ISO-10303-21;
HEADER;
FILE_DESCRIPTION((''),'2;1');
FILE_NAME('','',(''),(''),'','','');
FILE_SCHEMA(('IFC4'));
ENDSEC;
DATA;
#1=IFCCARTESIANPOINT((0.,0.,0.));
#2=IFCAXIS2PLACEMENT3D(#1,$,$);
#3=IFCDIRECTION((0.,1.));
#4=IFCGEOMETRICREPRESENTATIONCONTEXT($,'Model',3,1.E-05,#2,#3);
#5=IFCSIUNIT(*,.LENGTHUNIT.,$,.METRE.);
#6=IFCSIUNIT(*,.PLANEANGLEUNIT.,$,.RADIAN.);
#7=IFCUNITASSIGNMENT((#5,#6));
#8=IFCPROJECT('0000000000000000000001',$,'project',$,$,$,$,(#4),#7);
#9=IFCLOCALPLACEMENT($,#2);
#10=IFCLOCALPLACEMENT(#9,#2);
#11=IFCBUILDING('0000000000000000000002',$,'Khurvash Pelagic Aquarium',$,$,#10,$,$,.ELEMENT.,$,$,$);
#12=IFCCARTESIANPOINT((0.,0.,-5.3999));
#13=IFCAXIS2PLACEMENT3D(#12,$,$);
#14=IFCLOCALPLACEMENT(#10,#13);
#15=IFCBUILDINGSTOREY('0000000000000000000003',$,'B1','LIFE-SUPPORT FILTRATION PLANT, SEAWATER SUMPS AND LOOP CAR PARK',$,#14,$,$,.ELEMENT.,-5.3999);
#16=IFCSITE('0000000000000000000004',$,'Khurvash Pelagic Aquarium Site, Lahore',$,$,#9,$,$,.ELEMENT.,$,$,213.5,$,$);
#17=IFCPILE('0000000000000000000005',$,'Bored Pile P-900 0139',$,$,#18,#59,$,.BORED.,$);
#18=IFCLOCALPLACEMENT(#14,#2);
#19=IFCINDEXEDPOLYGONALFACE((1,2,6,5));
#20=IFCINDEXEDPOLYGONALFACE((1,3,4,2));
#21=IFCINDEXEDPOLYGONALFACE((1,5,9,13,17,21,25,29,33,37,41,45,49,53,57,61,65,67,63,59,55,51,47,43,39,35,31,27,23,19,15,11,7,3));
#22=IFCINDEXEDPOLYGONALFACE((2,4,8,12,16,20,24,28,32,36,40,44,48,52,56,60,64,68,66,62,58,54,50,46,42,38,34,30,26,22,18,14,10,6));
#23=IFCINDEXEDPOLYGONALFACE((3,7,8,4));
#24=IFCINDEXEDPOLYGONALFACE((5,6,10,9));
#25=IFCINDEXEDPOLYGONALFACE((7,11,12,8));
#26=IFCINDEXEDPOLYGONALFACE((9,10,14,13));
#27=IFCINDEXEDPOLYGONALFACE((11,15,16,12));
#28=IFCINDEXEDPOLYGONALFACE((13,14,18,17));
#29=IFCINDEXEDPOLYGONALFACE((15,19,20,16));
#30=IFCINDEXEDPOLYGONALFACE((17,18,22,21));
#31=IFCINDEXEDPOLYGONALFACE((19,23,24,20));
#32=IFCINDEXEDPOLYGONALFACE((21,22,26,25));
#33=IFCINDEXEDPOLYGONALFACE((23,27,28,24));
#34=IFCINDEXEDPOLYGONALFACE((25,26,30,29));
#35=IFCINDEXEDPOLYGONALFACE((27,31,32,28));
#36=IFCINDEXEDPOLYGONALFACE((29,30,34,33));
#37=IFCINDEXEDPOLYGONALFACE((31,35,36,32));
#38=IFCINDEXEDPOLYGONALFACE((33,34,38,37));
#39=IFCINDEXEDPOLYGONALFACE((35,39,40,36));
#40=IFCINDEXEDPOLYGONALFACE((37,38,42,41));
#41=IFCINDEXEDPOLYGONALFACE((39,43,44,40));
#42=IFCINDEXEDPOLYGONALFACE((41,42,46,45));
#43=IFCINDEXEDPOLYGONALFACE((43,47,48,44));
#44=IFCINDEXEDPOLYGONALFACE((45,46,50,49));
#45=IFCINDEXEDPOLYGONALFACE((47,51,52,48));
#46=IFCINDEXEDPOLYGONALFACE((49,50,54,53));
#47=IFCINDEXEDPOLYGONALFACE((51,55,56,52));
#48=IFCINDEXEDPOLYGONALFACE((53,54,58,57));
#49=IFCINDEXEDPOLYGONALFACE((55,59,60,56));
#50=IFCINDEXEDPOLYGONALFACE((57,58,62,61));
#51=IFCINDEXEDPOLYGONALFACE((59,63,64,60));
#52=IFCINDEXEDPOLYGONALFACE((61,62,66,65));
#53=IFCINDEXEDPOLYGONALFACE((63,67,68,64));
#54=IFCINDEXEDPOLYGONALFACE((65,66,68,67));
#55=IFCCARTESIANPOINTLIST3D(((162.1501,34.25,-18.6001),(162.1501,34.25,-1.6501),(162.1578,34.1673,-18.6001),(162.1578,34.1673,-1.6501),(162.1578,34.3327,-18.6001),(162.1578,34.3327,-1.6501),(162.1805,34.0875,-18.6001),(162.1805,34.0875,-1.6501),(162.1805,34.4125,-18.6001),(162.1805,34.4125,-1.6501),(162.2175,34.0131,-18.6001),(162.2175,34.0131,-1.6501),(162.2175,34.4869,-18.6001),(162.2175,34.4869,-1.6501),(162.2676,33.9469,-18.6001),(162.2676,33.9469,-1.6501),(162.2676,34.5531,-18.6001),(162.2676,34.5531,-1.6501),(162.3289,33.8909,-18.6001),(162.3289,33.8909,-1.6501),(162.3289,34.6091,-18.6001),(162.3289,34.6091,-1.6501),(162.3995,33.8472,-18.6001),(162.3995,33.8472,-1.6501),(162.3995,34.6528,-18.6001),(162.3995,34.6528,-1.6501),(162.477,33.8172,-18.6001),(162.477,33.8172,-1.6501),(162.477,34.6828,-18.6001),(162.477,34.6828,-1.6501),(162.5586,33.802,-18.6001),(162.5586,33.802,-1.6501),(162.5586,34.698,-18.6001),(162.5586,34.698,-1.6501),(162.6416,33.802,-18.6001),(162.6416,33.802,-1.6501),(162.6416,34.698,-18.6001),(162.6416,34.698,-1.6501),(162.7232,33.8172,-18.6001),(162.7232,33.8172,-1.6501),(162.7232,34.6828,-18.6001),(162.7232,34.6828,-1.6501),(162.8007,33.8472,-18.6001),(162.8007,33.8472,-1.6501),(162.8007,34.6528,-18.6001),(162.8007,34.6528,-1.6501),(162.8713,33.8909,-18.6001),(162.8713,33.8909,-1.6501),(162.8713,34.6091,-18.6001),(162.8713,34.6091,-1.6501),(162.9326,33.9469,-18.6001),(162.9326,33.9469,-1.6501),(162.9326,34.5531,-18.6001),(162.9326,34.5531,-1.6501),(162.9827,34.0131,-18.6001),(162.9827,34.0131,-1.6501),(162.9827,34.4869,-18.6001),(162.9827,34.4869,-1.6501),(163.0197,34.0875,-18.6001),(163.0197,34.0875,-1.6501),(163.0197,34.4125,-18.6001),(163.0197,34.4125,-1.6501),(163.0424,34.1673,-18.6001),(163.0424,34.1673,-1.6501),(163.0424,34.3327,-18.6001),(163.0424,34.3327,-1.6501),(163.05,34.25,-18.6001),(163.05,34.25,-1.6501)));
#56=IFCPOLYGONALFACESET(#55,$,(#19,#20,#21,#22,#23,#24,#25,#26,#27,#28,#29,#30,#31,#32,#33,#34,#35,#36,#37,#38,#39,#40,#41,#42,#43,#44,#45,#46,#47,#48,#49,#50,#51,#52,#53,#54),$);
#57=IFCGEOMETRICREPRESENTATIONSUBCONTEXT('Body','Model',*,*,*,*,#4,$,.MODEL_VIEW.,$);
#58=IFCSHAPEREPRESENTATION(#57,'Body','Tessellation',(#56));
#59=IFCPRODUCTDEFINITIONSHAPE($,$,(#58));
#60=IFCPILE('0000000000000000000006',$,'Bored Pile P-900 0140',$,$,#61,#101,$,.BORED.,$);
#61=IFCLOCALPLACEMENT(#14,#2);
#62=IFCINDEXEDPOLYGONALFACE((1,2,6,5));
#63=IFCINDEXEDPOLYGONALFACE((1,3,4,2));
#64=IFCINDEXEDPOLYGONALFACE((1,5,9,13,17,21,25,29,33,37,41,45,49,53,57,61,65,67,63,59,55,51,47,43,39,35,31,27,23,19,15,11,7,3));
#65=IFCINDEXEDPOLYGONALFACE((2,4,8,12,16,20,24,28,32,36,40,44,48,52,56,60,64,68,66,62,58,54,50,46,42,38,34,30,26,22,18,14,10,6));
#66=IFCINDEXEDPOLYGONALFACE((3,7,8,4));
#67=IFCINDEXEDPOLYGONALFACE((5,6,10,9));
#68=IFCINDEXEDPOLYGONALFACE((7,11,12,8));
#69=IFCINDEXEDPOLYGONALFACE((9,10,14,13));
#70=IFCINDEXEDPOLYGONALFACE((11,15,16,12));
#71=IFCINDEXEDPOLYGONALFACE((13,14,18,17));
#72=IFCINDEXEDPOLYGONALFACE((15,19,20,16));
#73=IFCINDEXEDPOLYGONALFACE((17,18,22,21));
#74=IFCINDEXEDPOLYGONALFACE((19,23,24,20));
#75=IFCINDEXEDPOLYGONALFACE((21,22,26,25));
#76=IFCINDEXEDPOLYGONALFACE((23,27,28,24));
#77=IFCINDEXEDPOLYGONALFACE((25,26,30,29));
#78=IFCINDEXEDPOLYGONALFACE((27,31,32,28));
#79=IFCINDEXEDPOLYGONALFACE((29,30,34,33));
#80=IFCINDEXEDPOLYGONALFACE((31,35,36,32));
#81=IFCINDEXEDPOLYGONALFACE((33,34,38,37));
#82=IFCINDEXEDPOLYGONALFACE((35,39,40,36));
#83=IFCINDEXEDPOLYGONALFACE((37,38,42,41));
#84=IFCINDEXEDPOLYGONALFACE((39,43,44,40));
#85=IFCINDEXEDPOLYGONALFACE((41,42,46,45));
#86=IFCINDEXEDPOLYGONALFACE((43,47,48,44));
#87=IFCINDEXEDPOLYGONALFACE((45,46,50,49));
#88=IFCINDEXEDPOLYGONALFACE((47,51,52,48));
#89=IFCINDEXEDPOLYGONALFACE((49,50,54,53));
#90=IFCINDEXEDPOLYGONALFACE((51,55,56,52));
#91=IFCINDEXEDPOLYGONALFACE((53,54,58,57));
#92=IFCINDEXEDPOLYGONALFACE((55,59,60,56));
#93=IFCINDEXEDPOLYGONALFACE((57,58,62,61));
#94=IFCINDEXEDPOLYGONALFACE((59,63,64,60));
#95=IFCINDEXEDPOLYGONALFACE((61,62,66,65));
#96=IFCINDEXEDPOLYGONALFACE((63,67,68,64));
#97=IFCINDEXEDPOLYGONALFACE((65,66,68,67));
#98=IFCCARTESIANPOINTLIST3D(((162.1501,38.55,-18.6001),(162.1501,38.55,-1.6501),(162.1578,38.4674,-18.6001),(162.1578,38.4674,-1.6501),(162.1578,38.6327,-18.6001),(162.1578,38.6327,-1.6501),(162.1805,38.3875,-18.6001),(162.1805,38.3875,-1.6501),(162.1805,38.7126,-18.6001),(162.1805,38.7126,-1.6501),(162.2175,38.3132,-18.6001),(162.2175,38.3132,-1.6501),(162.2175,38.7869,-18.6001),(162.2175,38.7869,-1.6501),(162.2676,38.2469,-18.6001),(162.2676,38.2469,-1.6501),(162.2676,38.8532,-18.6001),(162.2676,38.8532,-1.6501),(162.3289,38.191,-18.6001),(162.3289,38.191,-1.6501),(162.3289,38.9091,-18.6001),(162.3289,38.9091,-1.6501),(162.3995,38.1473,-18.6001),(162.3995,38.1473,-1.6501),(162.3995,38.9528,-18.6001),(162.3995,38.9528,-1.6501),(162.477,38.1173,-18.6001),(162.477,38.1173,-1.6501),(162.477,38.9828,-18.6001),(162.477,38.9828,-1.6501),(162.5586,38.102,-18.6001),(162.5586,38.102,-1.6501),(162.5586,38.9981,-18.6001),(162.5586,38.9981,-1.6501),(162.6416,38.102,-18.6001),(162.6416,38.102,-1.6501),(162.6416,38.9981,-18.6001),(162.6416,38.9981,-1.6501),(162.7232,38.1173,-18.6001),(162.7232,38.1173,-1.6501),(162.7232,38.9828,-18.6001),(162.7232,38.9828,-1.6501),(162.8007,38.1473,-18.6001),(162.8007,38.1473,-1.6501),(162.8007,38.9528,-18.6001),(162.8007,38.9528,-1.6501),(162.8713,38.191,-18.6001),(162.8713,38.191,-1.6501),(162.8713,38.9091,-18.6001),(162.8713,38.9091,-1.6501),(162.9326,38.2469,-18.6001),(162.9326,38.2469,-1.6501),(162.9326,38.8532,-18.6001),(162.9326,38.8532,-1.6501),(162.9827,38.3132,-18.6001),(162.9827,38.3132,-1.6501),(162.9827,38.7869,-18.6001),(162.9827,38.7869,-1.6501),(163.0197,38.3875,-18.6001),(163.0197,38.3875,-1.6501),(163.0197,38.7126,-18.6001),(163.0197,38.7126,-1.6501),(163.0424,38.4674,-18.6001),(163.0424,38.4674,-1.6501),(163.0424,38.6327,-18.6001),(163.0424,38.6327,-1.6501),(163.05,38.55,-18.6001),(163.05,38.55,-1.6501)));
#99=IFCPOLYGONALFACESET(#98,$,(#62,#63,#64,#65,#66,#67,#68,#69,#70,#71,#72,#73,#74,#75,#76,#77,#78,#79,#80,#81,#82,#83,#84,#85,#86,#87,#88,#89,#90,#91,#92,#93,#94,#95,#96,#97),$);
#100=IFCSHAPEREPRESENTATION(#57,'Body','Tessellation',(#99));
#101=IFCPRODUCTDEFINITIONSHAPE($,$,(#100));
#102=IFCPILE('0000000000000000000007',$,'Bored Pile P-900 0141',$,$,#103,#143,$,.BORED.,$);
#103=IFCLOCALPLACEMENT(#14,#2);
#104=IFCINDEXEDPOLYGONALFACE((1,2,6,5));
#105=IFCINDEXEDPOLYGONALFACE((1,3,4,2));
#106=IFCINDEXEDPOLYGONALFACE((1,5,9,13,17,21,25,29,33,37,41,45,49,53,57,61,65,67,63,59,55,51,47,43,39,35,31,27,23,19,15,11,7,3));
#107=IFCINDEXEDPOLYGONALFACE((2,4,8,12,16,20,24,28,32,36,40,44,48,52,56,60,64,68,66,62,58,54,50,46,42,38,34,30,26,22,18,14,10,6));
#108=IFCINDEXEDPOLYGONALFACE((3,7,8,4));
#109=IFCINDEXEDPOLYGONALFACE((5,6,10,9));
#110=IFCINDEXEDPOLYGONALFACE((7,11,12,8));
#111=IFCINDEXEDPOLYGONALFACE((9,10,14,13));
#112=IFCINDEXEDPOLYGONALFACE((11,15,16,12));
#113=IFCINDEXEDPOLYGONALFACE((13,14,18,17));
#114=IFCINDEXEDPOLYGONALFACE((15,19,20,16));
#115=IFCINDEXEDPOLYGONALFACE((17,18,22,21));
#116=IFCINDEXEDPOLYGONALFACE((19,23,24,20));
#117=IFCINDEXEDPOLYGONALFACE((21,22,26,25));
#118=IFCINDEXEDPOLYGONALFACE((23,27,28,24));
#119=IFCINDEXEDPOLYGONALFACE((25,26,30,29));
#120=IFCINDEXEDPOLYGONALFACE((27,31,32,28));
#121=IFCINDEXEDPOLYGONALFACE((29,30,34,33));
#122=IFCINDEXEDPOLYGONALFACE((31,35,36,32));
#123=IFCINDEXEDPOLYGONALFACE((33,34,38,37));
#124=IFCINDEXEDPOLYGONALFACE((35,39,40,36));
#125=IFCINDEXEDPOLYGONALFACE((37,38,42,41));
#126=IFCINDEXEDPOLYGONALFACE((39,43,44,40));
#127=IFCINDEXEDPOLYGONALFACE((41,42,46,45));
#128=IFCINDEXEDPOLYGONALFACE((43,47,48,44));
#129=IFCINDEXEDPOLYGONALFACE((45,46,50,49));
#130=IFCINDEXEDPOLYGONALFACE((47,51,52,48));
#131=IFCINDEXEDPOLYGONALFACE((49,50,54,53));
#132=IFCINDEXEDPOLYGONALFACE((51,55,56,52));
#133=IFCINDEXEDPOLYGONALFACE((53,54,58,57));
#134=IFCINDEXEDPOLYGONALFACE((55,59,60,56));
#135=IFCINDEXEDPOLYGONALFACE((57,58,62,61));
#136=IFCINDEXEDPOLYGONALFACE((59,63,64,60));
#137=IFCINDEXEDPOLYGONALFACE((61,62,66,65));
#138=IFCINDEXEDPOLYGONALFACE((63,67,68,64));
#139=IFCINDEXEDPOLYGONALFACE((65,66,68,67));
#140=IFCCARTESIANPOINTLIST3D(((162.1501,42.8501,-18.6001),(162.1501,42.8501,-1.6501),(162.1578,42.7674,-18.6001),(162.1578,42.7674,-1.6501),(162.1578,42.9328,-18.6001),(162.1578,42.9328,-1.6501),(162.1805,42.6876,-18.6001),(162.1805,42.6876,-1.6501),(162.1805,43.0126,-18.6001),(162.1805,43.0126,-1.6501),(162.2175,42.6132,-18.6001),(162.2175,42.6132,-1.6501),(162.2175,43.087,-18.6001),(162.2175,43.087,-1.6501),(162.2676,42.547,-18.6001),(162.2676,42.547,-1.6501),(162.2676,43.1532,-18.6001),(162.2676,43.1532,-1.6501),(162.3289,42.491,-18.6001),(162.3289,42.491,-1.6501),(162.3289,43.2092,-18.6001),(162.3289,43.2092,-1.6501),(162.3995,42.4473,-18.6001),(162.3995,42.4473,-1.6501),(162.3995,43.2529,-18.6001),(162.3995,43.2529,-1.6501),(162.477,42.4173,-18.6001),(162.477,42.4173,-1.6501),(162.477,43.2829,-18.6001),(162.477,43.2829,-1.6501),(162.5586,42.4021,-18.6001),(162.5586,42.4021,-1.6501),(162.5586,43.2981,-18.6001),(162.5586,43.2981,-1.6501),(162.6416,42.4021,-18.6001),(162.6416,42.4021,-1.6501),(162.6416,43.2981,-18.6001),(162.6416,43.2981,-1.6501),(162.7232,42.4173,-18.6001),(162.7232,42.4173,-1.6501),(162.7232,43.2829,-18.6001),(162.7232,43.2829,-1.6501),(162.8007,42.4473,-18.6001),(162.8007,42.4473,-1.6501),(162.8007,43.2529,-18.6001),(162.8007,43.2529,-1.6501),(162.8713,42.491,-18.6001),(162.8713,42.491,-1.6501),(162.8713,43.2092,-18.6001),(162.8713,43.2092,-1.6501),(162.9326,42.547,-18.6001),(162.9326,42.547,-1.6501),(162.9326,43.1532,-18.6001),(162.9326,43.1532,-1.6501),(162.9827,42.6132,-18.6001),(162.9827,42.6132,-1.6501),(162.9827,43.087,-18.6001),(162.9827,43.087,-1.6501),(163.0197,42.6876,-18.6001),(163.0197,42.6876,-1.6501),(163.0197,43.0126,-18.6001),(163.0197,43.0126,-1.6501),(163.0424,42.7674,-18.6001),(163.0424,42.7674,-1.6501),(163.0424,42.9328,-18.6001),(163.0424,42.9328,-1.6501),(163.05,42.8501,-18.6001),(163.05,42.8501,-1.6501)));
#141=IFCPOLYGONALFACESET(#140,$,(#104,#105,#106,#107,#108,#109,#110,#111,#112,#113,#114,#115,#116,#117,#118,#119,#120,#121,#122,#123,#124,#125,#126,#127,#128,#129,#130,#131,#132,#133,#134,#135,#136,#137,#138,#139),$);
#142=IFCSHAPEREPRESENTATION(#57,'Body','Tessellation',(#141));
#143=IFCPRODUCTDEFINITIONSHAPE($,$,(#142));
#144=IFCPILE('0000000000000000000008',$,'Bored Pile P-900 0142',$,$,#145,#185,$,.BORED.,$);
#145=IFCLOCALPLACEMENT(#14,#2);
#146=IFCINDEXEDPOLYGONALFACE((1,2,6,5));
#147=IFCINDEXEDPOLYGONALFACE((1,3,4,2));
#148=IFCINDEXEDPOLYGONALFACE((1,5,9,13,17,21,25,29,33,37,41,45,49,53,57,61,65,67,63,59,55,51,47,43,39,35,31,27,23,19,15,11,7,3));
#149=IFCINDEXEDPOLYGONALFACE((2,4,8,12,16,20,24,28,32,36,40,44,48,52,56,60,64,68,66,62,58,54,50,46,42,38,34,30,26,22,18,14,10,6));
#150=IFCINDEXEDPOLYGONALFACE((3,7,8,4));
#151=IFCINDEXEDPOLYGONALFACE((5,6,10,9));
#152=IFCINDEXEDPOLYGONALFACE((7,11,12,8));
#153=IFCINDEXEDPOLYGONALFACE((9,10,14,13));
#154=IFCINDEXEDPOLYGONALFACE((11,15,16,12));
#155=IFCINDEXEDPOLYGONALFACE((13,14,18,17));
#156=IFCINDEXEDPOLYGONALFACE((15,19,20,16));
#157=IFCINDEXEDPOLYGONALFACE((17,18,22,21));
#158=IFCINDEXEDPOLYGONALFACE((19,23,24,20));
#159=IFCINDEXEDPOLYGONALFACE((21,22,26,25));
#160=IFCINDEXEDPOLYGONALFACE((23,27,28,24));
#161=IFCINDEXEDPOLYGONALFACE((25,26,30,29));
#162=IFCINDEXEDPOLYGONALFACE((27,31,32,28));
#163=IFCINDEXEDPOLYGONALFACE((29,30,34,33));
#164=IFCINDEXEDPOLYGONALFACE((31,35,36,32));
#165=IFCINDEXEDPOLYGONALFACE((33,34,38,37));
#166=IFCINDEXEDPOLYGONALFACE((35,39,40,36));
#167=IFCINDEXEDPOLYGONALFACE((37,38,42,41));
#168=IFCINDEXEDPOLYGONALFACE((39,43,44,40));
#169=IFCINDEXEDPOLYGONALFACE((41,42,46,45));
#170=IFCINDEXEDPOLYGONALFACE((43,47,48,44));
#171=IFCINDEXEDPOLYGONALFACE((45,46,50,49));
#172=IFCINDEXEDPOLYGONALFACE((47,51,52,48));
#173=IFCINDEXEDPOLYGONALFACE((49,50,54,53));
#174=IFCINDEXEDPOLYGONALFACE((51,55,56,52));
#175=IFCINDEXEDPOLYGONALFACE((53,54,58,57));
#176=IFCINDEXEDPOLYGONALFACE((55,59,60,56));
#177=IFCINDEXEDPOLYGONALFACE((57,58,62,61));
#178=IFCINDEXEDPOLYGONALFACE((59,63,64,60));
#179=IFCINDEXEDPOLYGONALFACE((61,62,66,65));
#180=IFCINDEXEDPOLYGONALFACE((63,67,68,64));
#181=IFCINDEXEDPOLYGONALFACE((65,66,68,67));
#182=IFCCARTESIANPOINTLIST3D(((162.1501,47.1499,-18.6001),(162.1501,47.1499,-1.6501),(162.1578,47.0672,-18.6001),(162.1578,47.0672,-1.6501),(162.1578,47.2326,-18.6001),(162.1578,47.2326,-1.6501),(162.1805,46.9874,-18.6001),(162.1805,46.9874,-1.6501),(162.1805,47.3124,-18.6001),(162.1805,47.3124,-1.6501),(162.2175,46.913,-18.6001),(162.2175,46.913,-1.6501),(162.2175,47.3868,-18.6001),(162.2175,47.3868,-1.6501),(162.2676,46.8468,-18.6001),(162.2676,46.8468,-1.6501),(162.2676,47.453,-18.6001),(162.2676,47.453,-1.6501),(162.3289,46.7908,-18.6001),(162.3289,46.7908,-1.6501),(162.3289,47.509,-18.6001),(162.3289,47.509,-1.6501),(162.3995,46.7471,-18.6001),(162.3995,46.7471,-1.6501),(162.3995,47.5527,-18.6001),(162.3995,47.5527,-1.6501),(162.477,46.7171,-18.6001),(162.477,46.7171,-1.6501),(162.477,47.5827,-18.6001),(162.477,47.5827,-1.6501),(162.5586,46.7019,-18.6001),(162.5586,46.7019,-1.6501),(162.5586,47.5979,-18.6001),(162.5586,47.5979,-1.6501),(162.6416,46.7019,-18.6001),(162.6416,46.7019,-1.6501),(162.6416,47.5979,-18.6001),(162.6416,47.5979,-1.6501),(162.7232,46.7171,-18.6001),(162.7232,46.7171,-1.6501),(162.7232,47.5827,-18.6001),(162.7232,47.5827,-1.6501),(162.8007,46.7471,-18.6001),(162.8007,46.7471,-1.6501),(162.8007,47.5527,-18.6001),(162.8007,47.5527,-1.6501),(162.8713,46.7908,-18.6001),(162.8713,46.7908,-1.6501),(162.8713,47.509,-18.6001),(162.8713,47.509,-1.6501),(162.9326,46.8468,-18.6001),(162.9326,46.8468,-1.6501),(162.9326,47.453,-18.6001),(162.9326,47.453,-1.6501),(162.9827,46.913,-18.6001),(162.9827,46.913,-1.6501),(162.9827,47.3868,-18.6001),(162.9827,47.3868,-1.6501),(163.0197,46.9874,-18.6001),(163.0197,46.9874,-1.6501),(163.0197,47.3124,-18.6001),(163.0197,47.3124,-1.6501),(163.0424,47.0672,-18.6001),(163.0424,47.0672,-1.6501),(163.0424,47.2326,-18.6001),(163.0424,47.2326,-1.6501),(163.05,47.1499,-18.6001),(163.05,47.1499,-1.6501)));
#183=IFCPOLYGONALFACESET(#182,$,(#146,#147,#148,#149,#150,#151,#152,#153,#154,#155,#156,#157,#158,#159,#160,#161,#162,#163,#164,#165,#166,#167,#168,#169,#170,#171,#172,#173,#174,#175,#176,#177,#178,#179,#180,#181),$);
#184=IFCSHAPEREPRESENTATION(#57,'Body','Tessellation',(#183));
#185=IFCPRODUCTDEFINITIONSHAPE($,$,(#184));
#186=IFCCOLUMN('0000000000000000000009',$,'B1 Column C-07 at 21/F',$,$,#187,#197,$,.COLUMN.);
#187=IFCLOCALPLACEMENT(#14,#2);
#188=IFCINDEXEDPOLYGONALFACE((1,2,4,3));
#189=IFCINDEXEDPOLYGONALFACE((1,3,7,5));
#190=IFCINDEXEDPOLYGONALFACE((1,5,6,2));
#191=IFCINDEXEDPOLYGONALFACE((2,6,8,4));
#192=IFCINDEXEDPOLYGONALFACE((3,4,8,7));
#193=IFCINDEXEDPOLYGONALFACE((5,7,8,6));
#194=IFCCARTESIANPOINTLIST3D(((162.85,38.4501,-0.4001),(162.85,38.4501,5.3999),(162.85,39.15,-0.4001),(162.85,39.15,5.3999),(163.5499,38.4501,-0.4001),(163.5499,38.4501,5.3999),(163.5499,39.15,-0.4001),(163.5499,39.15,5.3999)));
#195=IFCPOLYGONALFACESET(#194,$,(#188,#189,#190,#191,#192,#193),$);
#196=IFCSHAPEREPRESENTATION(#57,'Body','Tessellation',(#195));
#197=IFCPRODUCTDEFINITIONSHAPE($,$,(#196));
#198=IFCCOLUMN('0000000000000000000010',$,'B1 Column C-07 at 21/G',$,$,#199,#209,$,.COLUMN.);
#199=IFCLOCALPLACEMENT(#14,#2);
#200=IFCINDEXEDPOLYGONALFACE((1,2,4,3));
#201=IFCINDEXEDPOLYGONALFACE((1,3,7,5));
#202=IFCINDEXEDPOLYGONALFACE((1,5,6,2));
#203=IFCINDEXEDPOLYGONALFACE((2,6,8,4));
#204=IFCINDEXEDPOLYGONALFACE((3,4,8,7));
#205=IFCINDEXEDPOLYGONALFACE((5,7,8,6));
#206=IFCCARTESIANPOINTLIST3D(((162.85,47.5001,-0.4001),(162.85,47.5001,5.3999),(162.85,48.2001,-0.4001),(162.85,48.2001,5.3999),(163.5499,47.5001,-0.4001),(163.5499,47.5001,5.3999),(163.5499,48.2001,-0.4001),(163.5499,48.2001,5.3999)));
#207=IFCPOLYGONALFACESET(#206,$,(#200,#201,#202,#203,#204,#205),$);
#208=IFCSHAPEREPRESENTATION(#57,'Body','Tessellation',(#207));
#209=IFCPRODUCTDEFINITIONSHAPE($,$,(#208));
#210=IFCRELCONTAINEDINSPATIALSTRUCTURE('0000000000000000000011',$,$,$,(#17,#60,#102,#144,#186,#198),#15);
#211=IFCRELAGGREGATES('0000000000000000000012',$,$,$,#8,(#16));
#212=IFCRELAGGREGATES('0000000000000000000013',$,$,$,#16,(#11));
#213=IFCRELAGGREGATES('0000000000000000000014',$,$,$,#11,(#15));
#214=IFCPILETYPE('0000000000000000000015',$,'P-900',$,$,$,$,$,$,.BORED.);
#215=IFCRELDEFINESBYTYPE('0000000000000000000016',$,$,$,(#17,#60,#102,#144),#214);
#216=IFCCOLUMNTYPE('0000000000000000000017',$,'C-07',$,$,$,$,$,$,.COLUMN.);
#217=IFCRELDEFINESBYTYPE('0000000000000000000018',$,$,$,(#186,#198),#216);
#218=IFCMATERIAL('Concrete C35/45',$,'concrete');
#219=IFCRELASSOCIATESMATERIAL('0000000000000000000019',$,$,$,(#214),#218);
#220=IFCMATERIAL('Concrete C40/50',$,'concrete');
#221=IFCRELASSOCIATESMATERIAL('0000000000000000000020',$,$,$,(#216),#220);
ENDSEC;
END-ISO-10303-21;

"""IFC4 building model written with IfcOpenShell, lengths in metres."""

from ifc_helpers import new_model, si_unit, direction, frame, origin, origin_2d, place, context, subcontext, project, spatial, rectangle, circle, extrude, material, material_profile, profile_set, type_object, element, save


model = new_model("IFC4")

# Units and contexts
model_context = context("Model", 3, precision=1e-05, world=origin(), true_north=direction((0.0, 1.0)))
body_context = subcontext(model_context, "Body", "Model", "MODEL_VIEW")
ifc_project = project(units=[si_unit("LENGTHUNIT", "METRE"), si_unit("PLANEANGLEUNIT", "RADIAN")], contexts=[model_context])

# Site, building, storey
site_placement = place(None, origin())
site = spatial("IfcSite", under=ifc_project, at=site_placement, Name="Khurvash Pelagic Aquarium Site, Lahore", CompositionType="ELEMENT", RefElevation=213.5)
building_placement = place(site_placement, origin())
building = spatial("IfcBuilding", under=site, at=building_placement, Name="Khurvash Pelagic Aquarium", CompositionType="ELEMENT")
storey_placement = place(building_placement, frame((0.0, 0.0, -5.3999)))
storey = spatial("IfcBuildingStorey", under=building, at=storey_placement, Name="B1", Description="LIFE-SUPPORT FILTRATION PLANT, SEAWATER SUMPS AND LOOP CAR PARK", CompositionType="ELEMENT", Elevation=-5.3999)

# Piles
ifc_material_1 = material(Name="Concrete C35/45", Category="concrete")
ifc_material_profile_1 = material_profile(ifc_material_1, circle(Radius=0.45, at=origin_2d()), Name="PILE900")
ifc_profile_set_1 = profile_set([ifc_material_profile_1], Name="Concrete C35/45")
pile_type = type_object("IfcPileType", Name="P-900", PredefinedType="BORED", material=ifc_profile_set_1)
for number, where, z_axis, x_axis, name in (
    (1, (162.6001, 34.25, -1.6501), (0.0, 0.0, -1.0), (1.0, 0.0, 0.0), "Bored Pile P-900 0139"),
    (2, (162.6001, 38.55, -1.6501), (0.0, 0.0, -1.0), (1.0, 0.0, 0.0), "Bored Pile P-900 0140"),
    (3, (162.6001, 42.8501, -1.6501), (0.0, 0.0, -1.0), (1.0, 0.0, 0.0), "Bored Pile P-900 0141"),
    (4, (162.6001, 47.1499, -1.6501), (0.0, 0.0, -1.0), (1.0, 0.0, 0.0), "Bored Pile P-900 0142"),
):
    element("IfcPile", number, at=place(storey_placement, frame(where, z_axis=z_axis, x_axis=x_axis)), inside=storey, type_object=pile_type, Name=name, PredefinedType="BORED", context=body_context, shape_type="SweptSolid", body=[
        extrude(circle(Radius=0.45, at=origin_2d()), origin(), (0.0, 0.0, 1.0), 16.95),
    ])

# Columns
ifc_material_2 = material(Name="Concrete C40/50", Category="concrete")
ifc_material_profile_2 = material_profile(ifc_material_2, rectangle(XDim=0.7, YDim=0.7, at=origin_2d()), Name="RC700X700")
ifc_profile_set_2 = profile_set([ifc_material_profile_2], Name="Concrete C40/50")
column_type = type_object("IfcColumnType", Name="C-07", PredefinedType="COLUMN", material=ifc_profile_set_2)
for number, where, z_axis, x_axis, name in (
    (5, (163.2, 38.8, -0.4001), (0.0, 0.0, 1.0), (1.0, 0.0, 0.0), "B1 Column C-07 at 21/F"),
    (6, (163.2, 47.8501, -0.4001), (0.0, 0.0, 1.0), (1.0, 0.0, 0.0), "B1 Column C-07 at 21/G"),
):
    element("IfcColumn", number, at=place(storey_placement, frame(where, z_axis=z_axis, x_axis=x_axis)), inside=storey, type_object=column_type, Name=name, PredefinedType="COLUMN", context=body_context, shape_type="SweptSolid", body=[
        extrude(rectangle(XDim=0.7, YDim=0.7, at=origin_2d()), origin(), (0.0, 0.0, 1.0), 5.8),
    ])

save(model, "model.ifc")
